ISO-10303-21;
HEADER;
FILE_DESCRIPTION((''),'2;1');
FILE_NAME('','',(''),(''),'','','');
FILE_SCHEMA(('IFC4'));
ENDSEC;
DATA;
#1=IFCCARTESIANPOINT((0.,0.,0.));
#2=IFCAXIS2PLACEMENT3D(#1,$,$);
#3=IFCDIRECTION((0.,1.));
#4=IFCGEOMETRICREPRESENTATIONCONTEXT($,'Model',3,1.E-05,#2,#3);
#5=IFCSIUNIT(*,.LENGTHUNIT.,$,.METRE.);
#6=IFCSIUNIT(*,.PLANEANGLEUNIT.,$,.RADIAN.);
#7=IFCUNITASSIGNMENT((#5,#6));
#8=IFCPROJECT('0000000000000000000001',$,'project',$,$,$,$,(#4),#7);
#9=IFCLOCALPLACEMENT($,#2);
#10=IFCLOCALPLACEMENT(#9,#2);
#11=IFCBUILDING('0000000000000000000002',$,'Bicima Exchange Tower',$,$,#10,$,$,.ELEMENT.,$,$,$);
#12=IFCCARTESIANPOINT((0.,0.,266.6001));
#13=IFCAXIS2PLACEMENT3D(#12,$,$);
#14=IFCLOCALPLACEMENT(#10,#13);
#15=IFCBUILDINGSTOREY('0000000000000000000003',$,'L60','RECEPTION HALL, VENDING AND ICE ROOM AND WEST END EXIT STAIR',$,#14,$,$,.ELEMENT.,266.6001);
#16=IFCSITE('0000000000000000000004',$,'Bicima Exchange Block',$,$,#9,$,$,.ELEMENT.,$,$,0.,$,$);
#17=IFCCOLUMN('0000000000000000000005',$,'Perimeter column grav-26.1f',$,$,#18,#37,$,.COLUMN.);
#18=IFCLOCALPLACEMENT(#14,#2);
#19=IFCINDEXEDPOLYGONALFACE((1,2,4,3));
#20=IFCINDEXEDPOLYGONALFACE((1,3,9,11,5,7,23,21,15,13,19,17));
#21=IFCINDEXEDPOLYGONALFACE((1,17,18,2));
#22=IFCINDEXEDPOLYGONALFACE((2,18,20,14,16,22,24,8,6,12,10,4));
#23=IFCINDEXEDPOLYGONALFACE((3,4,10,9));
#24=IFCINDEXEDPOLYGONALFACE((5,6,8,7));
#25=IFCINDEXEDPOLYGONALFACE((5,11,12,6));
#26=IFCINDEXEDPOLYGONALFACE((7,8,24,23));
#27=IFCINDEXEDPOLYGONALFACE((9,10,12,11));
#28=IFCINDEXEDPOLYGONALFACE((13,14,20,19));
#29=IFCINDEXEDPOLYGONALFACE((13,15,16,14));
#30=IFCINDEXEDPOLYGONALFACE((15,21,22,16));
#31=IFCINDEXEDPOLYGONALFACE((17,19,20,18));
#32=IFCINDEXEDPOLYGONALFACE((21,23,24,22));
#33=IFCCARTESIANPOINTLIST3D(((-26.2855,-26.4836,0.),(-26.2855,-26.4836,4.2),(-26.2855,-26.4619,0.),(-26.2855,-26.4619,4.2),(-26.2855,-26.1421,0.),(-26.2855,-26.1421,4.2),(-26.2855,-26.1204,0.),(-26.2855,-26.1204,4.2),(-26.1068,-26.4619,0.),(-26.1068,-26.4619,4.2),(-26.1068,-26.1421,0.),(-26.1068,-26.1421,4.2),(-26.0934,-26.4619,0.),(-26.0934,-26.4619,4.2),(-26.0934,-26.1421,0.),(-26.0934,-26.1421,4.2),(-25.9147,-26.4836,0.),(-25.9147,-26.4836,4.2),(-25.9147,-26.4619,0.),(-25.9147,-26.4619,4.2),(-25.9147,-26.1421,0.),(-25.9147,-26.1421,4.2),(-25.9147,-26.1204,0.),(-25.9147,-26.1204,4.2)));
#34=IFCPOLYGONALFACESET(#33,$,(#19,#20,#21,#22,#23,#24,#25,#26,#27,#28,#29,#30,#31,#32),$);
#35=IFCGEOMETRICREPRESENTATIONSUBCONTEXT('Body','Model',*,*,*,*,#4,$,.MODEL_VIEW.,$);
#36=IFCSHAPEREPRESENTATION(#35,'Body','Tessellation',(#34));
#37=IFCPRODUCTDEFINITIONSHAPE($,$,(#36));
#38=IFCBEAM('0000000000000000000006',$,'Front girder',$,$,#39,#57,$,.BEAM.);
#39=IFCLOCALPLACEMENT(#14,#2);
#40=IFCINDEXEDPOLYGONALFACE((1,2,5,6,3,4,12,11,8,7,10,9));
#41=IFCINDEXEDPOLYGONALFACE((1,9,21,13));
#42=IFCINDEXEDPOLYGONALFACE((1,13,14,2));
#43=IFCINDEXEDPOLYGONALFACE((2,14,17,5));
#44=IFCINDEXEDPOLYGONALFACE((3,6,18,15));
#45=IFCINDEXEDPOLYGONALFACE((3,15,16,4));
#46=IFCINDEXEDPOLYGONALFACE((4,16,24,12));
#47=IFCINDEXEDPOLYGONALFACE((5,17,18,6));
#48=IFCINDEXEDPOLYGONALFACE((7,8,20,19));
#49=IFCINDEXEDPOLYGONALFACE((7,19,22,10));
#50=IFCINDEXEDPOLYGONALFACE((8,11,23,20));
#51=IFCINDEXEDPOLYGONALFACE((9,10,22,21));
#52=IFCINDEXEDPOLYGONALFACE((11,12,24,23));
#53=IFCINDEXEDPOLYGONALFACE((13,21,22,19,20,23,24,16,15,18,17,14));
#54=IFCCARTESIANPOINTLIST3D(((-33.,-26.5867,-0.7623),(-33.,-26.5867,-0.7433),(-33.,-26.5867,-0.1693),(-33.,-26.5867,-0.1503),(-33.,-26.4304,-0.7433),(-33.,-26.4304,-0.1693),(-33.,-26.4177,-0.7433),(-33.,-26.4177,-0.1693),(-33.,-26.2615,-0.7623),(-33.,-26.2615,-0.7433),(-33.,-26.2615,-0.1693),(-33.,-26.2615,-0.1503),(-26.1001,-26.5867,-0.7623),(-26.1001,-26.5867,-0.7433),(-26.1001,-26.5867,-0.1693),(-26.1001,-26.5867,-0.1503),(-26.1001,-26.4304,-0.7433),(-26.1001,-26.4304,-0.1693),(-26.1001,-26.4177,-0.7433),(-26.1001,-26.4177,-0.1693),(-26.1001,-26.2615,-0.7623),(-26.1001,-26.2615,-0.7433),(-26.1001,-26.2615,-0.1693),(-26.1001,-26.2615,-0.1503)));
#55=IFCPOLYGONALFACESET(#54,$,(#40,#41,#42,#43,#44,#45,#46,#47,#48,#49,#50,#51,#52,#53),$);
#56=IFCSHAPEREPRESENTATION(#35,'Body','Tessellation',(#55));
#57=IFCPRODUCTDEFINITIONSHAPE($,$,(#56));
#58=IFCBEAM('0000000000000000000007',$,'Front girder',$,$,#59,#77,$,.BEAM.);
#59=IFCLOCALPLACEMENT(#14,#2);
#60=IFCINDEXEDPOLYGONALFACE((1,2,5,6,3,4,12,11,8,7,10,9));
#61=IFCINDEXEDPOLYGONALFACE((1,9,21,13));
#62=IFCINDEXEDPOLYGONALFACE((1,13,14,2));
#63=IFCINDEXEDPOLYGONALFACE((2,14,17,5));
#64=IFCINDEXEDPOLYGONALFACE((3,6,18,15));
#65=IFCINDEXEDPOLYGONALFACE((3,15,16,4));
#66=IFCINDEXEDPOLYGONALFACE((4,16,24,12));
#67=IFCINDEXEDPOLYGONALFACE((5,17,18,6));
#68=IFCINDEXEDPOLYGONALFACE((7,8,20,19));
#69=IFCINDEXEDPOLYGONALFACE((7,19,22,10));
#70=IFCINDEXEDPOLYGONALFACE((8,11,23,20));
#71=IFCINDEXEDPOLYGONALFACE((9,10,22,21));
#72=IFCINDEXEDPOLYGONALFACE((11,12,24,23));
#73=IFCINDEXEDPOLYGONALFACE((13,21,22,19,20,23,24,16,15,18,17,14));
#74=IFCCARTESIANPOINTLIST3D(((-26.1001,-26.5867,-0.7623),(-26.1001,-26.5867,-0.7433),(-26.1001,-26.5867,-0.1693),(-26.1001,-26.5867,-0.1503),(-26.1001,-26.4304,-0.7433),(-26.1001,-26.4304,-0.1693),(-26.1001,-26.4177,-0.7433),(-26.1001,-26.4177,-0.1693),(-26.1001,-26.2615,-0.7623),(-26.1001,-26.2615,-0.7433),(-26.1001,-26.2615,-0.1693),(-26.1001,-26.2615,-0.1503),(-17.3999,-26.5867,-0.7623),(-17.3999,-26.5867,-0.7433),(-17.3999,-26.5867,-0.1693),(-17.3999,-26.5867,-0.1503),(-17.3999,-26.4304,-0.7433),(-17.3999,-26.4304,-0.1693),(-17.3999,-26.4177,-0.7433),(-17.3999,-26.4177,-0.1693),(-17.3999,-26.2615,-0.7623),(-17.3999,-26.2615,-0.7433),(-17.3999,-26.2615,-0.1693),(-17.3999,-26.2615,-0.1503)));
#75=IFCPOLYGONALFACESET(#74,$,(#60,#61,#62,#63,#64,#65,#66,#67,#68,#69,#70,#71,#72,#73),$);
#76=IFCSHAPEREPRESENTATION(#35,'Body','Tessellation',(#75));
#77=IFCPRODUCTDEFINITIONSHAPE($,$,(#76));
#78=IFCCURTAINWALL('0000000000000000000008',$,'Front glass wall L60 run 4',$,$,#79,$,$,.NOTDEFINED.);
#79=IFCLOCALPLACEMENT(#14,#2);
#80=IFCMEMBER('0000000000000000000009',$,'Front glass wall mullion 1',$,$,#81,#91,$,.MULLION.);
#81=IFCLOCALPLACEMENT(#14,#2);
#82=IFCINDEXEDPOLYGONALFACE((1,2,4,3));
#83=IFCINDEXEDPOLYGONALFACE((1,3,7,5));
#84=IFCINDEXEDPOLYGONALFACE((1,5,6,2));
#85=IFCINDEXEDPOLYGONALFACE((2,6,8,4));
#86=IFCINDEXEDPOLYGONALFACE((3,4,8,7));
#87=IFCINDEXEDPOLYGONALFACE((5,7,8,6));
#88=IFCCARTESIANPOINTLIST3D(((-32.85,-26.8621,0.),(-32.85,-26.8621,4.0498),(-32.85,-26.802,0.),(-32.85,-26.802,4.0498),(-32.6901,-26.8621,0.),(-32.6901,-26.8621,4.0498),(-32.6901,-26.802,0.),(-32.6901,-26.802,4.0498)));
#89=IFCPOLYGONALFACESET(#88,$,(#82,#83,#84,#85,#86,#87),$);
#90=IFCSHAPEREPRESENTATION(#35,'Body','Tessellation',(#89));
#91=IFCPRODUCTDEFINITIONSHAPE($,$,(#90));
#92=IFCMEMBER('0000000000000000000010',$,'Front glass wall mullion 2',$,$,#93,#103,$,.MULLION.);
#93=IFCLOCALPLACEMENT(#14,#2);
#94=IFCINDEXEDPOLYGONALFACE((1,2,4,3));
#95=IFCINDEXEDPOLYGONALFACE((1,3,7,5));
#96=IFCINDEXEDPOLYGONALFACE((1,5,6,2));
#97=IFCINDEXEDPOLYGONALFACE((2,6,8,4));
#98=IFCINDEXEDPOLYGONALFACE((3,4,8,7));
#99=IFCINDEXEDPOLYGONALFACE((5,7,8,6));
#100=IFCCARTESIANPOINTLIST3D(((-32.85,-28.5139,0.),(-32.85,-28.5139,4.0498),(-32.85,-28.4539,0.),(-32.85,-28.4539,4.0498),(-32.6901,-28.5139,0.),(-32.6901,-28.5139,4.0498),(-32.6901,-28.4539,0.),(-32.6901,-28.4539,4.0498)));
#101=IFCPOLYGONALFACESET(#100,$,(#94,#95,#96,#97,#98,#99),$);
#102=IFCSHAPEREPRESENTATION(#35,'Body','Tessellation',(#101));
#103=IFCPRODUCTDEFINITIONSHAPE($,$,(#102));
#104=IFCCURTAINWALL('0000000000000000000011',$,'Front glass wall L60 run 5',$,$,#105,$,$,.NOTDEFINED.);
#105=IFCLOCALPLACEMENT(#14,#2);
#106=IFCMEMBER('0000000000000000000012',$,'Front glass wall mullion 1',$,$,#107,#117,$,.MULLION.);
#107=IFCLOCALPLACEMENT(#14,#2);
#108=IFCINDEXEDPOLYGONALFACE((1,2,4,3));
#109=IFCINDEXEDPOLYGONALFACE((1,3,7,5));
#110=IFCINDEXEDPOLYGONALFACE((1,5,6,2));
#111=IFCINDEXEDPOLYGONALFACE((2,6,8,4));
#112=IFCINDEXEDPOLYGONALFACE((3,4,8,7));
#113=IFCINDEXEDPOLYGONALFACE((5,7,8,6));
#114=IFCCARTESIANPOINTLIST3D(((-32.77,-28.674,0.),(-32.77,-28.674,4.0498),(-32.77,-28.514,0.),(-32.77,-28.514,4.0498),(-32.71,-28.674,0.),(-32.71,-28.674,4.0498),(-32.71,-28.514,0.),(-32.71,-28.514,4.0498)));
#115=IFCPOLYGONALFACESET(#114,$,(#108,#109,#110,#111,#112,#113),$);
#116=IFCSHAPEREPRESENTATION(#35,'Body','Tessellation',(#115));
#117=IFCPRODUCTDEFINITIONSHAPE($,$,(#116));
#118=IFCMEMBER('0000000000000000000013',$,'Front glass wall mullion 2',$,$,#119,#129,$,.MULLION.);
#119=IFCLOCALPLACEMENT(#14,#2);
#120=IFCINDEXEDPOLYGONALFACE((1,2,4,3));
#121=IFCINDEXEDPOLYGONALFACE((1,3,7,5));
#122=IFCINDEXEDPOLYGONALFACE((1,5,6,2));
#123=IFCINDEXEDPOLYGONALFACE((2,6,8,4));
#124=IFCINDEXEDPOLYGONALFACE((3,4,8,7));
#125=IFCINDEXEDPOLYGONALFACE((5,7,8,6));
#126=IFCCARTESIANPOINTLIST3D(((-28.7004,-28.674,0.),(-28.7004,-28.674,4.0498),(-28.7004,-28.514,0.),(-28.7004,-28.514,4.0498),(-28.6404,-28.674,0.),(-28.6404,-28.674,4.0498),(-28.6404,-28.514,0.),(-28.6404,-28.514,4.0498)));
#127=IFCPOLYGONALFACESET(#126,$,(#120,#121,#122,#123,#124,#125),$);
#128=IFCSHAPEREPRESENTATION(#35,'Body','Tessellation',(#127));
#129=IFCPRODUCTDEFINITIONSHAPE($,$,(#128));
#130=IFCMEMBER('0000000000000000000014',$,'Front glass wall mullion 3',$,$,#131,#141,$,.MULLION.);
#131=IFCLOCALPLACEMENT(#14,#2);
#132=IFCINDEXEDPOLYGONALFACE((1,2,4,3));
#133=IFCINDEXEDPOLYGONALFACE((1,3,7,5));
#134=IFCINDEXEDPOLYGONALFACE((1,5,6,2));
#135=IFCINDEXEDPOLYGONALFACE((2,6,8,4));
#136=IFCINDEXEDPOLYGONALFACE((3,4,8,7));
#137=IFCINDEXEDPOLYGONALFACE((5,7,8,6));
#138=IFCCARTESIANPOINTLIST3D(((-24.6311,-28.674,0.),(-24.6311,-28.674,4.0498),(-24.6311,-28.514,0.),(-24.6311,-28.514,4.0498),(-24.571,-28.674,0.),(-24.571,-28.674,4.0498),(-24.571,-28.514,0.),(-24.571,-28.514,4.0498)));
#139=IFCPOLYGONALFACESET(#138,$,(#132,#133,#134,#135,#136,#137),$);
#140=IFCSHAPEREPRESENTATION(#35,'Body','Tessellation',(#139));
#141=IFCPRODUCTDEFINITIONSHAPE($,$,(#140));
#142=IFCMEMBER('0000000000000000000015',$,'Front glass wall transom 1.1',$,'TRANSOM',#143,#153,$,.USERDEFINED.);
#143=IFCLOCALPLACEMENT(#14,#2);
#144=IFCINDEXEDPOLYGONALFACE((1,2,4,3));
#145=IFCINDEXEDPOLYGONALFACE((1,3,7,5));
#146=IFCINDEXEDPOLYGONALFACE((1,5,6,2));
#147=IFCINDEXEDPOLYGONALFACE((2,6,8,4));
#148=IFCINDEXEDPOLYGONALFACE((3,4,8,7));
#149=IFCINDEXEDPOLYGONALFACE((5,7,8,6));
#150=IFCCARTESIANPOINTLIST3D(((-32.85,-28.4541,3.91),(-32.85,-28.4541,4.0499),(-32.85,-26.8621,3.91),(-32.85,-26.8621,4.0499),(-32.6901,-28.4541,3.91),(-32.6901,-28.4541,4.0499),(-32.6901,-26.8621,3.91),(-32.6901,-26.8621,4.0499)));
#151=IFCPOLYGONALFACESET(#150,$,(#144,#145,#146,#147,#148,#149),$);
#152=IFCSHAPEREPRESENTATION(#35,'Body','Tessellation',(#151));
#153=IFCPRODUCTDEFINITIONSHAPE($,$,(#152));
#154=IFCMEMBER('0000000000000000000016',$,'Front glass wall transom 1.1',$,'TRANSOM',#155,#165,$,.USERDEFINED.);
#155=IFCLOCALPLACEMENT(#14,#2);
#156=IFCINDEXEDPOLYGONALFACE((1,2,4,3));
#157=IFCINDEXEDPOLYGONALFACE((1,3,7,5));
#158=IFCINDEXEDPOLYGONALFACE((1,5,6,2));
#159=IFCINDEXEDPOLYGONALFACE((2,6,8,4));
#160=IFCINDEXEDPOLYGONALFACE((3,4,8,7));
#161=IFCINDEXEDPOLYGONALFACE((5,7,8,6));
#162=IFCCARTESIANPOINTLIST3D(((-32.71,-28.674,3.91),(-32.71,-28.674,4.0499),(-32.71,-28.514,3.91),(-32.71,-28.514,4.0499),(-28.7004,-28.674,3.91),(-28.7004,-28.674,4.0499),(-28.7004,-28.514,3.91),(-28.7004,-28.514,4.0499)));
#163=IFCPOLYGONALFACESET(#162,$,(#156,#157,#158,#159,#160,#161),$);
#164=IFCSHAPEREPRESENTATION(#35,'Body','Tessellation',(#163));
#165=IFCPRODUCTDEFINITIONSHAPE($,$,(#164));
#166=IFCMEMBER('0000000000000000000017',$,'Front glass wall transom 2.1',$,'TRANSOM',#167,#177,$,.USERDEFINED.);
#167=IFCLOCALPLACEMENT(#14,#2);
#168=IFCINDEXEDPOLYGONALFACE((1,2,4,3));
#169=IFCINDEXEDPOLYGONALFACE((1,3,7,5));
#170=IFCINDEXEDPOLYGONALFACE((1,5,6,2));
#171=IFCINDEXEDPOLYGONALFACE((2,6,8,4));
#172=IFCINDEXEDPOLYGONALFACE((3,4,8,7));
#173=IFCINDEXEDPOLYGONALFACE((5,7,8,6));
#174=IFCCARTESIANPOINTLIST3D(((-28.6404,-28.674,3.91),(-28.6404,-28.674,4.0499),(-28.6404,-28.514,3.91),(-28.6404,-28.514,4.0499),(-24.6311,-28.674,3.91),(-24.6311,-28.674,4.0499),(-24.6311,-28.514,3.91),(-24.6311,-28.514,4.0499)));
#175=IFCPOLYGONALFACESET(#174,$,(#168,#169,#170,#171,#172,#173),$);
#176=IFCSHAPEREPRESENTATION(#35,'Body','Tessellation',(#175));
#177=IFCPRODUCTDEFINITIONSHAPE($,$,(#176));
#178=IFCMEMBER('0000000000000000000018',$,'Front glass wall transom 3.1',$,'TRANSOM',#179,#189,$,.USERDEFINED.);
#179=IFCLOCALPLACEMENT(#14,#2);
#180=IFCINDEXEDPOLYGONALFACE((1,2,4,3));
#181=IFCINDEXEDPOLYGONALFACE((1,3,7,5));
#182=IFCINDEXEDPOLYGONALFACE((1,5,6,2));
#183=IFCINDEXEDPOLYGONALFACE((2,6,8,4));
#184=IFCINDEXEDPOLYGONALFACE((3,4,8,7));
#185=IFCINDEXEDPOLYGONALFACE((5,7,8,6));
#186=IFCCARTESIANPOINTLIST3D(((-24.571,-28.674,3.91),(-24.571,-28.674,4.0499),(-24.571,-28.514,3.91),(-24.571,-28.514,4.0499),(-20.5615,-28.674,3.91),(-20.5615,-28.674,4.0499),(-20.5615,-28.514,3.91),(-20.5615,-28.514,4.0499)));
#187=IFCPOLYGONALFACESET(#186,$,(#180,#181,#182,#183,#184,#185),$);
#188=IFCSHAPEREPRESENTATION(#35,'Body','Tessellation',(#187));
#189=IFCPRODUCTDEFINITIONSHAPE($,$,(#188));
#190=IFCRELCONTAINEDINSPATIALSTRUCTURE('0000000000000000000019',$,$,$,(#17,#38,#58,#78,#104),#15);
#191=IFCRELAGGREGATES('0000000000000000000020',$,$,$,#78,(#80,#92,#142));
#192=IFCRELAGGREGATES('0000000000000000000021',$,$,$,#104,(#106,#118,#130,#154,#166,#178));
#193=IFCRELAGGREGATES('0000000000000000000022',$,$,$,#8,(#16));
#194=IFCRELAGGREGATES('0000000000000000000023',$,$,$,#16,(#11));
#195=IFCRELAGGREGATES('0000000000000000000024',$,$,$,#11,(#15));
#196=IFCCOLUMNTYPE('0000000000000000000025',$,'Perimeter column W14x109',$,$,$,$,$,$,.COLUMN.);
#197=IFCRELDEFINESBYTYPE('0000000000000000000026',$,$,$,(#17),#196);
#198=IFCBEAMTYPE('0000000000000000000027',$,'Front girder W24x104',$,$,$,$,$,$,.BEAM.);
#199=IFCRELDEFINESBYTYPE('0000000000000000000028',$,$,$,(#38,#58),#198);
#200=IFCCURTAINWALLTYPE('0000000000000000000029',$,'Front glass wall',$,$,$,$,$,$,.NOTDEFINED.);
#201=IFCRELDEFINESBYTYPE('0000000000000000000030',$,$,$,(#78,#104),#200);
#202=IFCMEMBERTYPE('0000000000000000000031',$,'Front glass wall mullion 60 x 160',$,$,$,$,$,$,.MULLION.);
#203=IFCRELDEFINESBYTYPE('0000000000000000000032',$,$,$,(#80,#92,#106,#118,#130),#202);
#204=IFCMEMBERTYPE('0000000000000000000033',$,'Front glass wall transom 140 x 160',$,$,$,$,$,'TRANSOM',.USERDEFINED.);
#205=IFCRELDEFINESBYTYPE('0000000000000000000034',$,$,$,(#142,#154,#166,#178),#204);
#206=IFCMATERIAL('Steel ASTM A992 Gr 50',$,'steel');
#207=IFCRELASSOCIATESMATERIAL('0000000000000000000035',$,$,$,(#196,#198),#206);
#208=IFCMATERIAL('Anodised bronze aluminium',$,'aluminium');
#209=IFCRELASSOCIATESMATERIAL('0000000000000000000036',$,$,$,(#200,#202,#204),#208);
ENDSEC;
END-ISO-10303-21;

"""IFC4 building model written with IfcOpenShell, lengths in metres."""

from ifc_helpers import new_model, si_unit, direction, frame, origin, origin_2d, place, context, subcontext, project, spatial, rectangle, i_section, extrude, material, material_profile, profile_set, type_object, element, aggregate, save


model = new_model("IFC4")

# Units and contexts
model_context = context("Model", 3, precision=1e-05, world=origin(), true_north=direction((0.0, 1.0)))
body_context = subcontext(model_context, "Body", "Model", "MODEL_VIEW")
ifc_project = project(units=[si_unit("LENGTHUNIT", "METRE"), si_unit("PLANEANGLEUNIT", "RADIAN")], contexts=[model_context])

# Site, building, storey
site_placement = place(None, origin())
site = spatial("IfcSite", under=ifc_project, at=site_placement, Name="Bicima Exchange Block", CompositionType="ELEMENT", RefElevation=0.0)
building_placement = place(site_placement, origin())
building = spatial("IfcBuilding", under=site, at=building_placement, Name="Bicima Exchange Tower", CompositionType="ELEMENT")
storey_placement = place(building_placement, frame((0.0, 0.0, 266.6001)))
storey = spatial("IfcBuildingStorey", under=building, at=storey_placement, Name="L60", Description="RECEPTION HALL, VENDING AND ICE ROOM AND WEST END EXIT STAIR", CompositionType="ELEMENT", Elevation=266.6001)

# Column
ifc_material_1 = material(Name="Steel ASTM A992 Gr 50", Category="steel")
ifc_material_profile_1 = material_profile(ifc_material_1, i_section(OverallWidth=0.3708, OverallDepth=0.3633, WebThickness=0.0134, FlangeThickness=0.0217, at=origin_2d()))
ifc_profile_set_1 = profile_set([ifc_material_profile_1], Name="Steel ASTM A992 Gr 50")
column_type = type_object("IfcColumnType", Name="Perimeter column W14x109", PredefinedType="COLUMN", material=ifc_profile_set_1)
column_placement = place(storey_placement, frame((-26.1001, -26.302, 0.0), z_axis=(0.0, 0.0, 1.0), x_axis=(1.0, 0.0, 0.0)))
element("IfcColumn", 1, at=column_placement, inside=storey, type_object=column_type, Name="Perimeter column grav-26.1f", PredefinedType="COLUMN", context=body_context, shape_type="SweptSolid", body=[
    extrude(i_section(OverallWidth=0.3708, OverallDepth=0.3633, WebThickness=0.0134, FlangeThickness=0.0217, at=origin_2d()), origin(), (0.0, 0.0, 1.0), 4.2),
])

# Beams
ifc_material_profile_2 = material_profile(ifc_material_1, i_section(OverallWidth=0.3252, OverallDepth=0.6121, WebThickness=0.0127, FlangeThickness=0.019, at=origin_2d()))
ifc_profile_set_2 = profile_set([ifc_material_profile_2], Name="Steel ASTM A992 Gr 50")
beam_type = type_object("IfcBeamType", Name="Front girder W24x104", PredefinedType="BEAM", material=ifc_profile_set_2)
beam_1_placement = place(storey_placement, frame((-33.0, -26.4241, -0.4563), z_axis=(1.0, 0.0, 0.0), x_axis=(0.0, 1.0, 0.0)))
element("IfcBeam", 2, at=beam_1_placement, inside=storey, type_object=beam_type, Name="Front girder", PredefinedType="BEAM", context=body_context, shape_type="SweptSolid", body=[
    extrude(i_section(OverallWidth=0.3252, OverallDepth=0.6121, WebThickness=0.0127, FlangeThickness=0.019, at=origin_2d()), origin(), (0.0, 0.0, 1.0), 6.8999),
])
beam_2_placement = place(storey_placement, frame((-26.1001, -26.4241, -0.4563), z_axis=(1.0, 0.0, 0.0), x_axis=(0.0, 1.0, 0.0)))
element("IfcBeam", 3, at=beam_2_placement, inside=storey, type_object=beam_type, Name="Front girder", PredefinedType="BEAM", context=body_context, shape_type="SweptSolid", body=[
    extrude(i_section(OverallWidth=0.3252, OverallDepth=0.6121, WebThickness=0.0127, FlangeThickness=0.019, at=origin_2d()), origin(), (0.0, 0.0, 1.0), 8.7002),
])

# Curtain walls, members
ifc_material_2 = material(Name="Anodised bronze aluminium", Category="aluminium")
curtain_wall_type = type_object("IfcCurtainWallType", Name="Front glass wall", PredefinedType="NOTDEFINED", material=ifc_material_2)
curtain_wall_1_placement = place(storey_placement, origin())
curtain_wall_1 = element("IfcCurtainWall", 4, at=curtain_wall_1_placement, inside=storey, type_object=curtain_wall_type, Name="Front glass wall L60 run 4", PredefinedType="NOTDEFINED")
ifc_material_profile_3 = material_profile(ifc_material_2, rectangle(XDim=0.1599, YDim=0.0601, at=origin_2d()))
ifc_profile_set_3 = profile_set([ifc_material_profile_3], Name="Anodised bronze aluminium")
member_type_1 = type_object("IfcMemberType", Name="Front glass wall mullion 60 x 160", PredefinedType="MULLION", material=ifc_profile_set_3)
member_1_placement = place(storey_placement, frame((-32.77, -26.832, 0.0), z_axis=(0.0, 0.0, 1.0), x_axis=(1.0, 0.0, 0.0)))
member_1 = element("IfcMember", 5, at=member_1_placement, type_object=member_type_1, Name="Front glass wall mullion 1", PredefinedType="MULLION", context=body_context, shape_type="SweptSolid", body=[
    extrude(rectangle(XDim=0.1599, YDim=0.0601, at=origin_2d()), origin(), (0.0, 0.0, 1.0), 4.0498),
])
member_2_placement = place(storey_placement, frame((-32.77, -28.4839, 0.0), z_axis=(0.0, 0.0, 1.0), x_axis=(1.0, 0.0, 0.0)))
member_2 = element("IfcMember", 6, at=member_2_placement, type_object=member_type_1, Name="Front glass wall mullion 2", PredefinedType="MULLION", context=body_context, shape_type="SweptSolid", body=[
    extrude(rectangle(XDim=0.1599, YDim=0.0601, at=origin_2d()), origin(), (0.0, 0.0, 1.0), 4.0498),
])
curtain_wall_2_placement = place(storey_placement, origin())
curtain_wall_2 = element("IfcCurtainWall", 7, at=curtain_wall_2_placement, inside=storey, type_object=curtain_wall_type, Name="Front glass wall L60 run 5", PredefinedType="NOTDEFINED")
member_3_placement = place(storey_placement, frame((-32.74, -28.594, 0.0), z_axis=(0.0, 0.0, 1.0), x_axis=(0.0, 1.0, 0.0)))
member_3 = element("IfcMember", 8, at=member_3_placement, type_object=member_type_1, Name="Front glass wall mullion 1", PredefinedType="MULLION", context=body_context, shape_type="SweptSolid", body=[
    extrude(rectangle(XDim=0.1599, YDim=0.0601, at=origin_2d()), origin(), (0.0, 0.0, 1.0), 4.0498),
])
member_4_placement = place(storey_placement, frame((-28.6704, -28.594, 0.0), z_axis=(0.0, 0.0, 1.0), x_axis=(0.0, 1.0, 0.0)))
member_4 = element("IfcMember", 9, at=member_4_placement, type_object=member_type_1, Name="Front glass wall mullion 2", PredefinedType="MULLION", context=body_context, shape_type="SweptSolid", body=[
    extrude(rectangle(XDim=0.1599, YDim=0.0601, at=origin_2d()), origin(), (0.0, 0.0, 1.0), 4.0498),
])
member_5_placement = place(storey_placement, frame((-24.6011, -28.594, 0.0), z_axis=(0.0, 0.0, 1.0), x_axis=(0.0, 1.0, 0.0)))
member_5 = element("IfcMember", 10, at=member_5_placement, type_object=member_type_1, Name="Front glass wall mullion 3", PredefinedType="MULLION", context=body_context, shape_type="SweptSolid", body=[
    extrude(rectangle(XDim=0.1599, YDim=0.0601, at=origin_2d()), origin(), (0.0, 0.0, 1.0), 4.0498),
])

# Members
ifc_material_profile_4 = material_profile(ifc_material_2, rectangle(XDim=0.1599, YDim=0.1399, at=origin_2d()))
ifc_profile_set_4 = profile_set([ifc_material_profile_4], Name="Anodised bronze aluminium")
member_type_2 = type_object("IfcMemberType", Name="Front glass wall transom 140 x 160", ElementType="TRANSOM", PredefinedType="USERDEFINED", material=ifc_profile_set_4)
member_6_placement = place(storey_placement, frame((-32.77, -26.8621, 3.98), z_axis=(0.0, -1.0, 0.0), x_axis=(1.0, 0.0, 0.0)))
member_6 = element("IfcMember", 11, at=member_6_placement, type_object=member_type_2, Name="Front glass wall transom 1.1", ObjectType="TRANSOM", PredefinedType="USERDEFINED", context=body_context, shape_type="SweptSolid", body=[
    extrude(rectangle(XDim=0.1599, YDim=0.1399, at=origin_2d()), origin(), (0.0, 0.0, 1.0), 1.592),
])
member_7_placement = place(storey_placement, frame((-32.71, -28.594, 3.98), z_axis=(1.0, 0.0, 0.0), x_axis=(0.0, 1.0, 0.0)))
member_7 = element("IfcMember", 12, at=member_7_placement, type_object=member_type_2, Name="Front glass wall transom 1.1", ObjectType="TRANSOM", PredefinedType="USERDEFINED", context=body_context, shape_type="SweptSolid", body=[
    extrude(rectangle(XDim=0.1599, YDim=0.1399, at=origin_2d()), origin(), (0.0, 0.0, 1.0), 4.0095),
])
member_8_placement = place(storey_placement, frame((-28.6404, -28.594, 3.98), z_axis=(1.0, 0.0, 0.0), x_axis=(0.0, 1.0, 0.0)))
member_8 = element("IfcMember", 13, at=member_8_placement, type_object=member_type_2, Name="Front glass wall transom 2.1", ObjectType="TRANSOM", PredefinedType="USERDEFINED", context=body_context, shape_type="SweptSolid", body=[
    extrude(rectangle(XDim=0.1599, YDim=0.1399, at=origin_2d()), origin(), (0.0, 0.0, 1.0), 4.0093),
])
member_9_placement = place(storey_placement, frame((-24.571, -28.594, 3.98), z_axis=(1.0, 0.0, 0.0), x_axis=(0.0, 1.0, 0.0)))
member_9 = element("IfcMember", 14, at=member_9_placement, type_object=member_type_2, Name="Front glass wall transom 3.1", ObjectType="TRANSOM", PredefinedType="USERDEFINED", context=body_context, shape_type="SweptSolid", body=[
    extrude(rectangle(XDim=0.1599, YDim=0.1399, at=origin_2d()), origin(), (0.0, 0.0, 1.0), 4.0095),
])

aggregate(curtain_wall_1, [member_1, member_2, member_6])
aggregate(curtain_wall_2, [member_3, member_4, member_5, member_7, member_8, member_9])

save(model, "model.ifc")
